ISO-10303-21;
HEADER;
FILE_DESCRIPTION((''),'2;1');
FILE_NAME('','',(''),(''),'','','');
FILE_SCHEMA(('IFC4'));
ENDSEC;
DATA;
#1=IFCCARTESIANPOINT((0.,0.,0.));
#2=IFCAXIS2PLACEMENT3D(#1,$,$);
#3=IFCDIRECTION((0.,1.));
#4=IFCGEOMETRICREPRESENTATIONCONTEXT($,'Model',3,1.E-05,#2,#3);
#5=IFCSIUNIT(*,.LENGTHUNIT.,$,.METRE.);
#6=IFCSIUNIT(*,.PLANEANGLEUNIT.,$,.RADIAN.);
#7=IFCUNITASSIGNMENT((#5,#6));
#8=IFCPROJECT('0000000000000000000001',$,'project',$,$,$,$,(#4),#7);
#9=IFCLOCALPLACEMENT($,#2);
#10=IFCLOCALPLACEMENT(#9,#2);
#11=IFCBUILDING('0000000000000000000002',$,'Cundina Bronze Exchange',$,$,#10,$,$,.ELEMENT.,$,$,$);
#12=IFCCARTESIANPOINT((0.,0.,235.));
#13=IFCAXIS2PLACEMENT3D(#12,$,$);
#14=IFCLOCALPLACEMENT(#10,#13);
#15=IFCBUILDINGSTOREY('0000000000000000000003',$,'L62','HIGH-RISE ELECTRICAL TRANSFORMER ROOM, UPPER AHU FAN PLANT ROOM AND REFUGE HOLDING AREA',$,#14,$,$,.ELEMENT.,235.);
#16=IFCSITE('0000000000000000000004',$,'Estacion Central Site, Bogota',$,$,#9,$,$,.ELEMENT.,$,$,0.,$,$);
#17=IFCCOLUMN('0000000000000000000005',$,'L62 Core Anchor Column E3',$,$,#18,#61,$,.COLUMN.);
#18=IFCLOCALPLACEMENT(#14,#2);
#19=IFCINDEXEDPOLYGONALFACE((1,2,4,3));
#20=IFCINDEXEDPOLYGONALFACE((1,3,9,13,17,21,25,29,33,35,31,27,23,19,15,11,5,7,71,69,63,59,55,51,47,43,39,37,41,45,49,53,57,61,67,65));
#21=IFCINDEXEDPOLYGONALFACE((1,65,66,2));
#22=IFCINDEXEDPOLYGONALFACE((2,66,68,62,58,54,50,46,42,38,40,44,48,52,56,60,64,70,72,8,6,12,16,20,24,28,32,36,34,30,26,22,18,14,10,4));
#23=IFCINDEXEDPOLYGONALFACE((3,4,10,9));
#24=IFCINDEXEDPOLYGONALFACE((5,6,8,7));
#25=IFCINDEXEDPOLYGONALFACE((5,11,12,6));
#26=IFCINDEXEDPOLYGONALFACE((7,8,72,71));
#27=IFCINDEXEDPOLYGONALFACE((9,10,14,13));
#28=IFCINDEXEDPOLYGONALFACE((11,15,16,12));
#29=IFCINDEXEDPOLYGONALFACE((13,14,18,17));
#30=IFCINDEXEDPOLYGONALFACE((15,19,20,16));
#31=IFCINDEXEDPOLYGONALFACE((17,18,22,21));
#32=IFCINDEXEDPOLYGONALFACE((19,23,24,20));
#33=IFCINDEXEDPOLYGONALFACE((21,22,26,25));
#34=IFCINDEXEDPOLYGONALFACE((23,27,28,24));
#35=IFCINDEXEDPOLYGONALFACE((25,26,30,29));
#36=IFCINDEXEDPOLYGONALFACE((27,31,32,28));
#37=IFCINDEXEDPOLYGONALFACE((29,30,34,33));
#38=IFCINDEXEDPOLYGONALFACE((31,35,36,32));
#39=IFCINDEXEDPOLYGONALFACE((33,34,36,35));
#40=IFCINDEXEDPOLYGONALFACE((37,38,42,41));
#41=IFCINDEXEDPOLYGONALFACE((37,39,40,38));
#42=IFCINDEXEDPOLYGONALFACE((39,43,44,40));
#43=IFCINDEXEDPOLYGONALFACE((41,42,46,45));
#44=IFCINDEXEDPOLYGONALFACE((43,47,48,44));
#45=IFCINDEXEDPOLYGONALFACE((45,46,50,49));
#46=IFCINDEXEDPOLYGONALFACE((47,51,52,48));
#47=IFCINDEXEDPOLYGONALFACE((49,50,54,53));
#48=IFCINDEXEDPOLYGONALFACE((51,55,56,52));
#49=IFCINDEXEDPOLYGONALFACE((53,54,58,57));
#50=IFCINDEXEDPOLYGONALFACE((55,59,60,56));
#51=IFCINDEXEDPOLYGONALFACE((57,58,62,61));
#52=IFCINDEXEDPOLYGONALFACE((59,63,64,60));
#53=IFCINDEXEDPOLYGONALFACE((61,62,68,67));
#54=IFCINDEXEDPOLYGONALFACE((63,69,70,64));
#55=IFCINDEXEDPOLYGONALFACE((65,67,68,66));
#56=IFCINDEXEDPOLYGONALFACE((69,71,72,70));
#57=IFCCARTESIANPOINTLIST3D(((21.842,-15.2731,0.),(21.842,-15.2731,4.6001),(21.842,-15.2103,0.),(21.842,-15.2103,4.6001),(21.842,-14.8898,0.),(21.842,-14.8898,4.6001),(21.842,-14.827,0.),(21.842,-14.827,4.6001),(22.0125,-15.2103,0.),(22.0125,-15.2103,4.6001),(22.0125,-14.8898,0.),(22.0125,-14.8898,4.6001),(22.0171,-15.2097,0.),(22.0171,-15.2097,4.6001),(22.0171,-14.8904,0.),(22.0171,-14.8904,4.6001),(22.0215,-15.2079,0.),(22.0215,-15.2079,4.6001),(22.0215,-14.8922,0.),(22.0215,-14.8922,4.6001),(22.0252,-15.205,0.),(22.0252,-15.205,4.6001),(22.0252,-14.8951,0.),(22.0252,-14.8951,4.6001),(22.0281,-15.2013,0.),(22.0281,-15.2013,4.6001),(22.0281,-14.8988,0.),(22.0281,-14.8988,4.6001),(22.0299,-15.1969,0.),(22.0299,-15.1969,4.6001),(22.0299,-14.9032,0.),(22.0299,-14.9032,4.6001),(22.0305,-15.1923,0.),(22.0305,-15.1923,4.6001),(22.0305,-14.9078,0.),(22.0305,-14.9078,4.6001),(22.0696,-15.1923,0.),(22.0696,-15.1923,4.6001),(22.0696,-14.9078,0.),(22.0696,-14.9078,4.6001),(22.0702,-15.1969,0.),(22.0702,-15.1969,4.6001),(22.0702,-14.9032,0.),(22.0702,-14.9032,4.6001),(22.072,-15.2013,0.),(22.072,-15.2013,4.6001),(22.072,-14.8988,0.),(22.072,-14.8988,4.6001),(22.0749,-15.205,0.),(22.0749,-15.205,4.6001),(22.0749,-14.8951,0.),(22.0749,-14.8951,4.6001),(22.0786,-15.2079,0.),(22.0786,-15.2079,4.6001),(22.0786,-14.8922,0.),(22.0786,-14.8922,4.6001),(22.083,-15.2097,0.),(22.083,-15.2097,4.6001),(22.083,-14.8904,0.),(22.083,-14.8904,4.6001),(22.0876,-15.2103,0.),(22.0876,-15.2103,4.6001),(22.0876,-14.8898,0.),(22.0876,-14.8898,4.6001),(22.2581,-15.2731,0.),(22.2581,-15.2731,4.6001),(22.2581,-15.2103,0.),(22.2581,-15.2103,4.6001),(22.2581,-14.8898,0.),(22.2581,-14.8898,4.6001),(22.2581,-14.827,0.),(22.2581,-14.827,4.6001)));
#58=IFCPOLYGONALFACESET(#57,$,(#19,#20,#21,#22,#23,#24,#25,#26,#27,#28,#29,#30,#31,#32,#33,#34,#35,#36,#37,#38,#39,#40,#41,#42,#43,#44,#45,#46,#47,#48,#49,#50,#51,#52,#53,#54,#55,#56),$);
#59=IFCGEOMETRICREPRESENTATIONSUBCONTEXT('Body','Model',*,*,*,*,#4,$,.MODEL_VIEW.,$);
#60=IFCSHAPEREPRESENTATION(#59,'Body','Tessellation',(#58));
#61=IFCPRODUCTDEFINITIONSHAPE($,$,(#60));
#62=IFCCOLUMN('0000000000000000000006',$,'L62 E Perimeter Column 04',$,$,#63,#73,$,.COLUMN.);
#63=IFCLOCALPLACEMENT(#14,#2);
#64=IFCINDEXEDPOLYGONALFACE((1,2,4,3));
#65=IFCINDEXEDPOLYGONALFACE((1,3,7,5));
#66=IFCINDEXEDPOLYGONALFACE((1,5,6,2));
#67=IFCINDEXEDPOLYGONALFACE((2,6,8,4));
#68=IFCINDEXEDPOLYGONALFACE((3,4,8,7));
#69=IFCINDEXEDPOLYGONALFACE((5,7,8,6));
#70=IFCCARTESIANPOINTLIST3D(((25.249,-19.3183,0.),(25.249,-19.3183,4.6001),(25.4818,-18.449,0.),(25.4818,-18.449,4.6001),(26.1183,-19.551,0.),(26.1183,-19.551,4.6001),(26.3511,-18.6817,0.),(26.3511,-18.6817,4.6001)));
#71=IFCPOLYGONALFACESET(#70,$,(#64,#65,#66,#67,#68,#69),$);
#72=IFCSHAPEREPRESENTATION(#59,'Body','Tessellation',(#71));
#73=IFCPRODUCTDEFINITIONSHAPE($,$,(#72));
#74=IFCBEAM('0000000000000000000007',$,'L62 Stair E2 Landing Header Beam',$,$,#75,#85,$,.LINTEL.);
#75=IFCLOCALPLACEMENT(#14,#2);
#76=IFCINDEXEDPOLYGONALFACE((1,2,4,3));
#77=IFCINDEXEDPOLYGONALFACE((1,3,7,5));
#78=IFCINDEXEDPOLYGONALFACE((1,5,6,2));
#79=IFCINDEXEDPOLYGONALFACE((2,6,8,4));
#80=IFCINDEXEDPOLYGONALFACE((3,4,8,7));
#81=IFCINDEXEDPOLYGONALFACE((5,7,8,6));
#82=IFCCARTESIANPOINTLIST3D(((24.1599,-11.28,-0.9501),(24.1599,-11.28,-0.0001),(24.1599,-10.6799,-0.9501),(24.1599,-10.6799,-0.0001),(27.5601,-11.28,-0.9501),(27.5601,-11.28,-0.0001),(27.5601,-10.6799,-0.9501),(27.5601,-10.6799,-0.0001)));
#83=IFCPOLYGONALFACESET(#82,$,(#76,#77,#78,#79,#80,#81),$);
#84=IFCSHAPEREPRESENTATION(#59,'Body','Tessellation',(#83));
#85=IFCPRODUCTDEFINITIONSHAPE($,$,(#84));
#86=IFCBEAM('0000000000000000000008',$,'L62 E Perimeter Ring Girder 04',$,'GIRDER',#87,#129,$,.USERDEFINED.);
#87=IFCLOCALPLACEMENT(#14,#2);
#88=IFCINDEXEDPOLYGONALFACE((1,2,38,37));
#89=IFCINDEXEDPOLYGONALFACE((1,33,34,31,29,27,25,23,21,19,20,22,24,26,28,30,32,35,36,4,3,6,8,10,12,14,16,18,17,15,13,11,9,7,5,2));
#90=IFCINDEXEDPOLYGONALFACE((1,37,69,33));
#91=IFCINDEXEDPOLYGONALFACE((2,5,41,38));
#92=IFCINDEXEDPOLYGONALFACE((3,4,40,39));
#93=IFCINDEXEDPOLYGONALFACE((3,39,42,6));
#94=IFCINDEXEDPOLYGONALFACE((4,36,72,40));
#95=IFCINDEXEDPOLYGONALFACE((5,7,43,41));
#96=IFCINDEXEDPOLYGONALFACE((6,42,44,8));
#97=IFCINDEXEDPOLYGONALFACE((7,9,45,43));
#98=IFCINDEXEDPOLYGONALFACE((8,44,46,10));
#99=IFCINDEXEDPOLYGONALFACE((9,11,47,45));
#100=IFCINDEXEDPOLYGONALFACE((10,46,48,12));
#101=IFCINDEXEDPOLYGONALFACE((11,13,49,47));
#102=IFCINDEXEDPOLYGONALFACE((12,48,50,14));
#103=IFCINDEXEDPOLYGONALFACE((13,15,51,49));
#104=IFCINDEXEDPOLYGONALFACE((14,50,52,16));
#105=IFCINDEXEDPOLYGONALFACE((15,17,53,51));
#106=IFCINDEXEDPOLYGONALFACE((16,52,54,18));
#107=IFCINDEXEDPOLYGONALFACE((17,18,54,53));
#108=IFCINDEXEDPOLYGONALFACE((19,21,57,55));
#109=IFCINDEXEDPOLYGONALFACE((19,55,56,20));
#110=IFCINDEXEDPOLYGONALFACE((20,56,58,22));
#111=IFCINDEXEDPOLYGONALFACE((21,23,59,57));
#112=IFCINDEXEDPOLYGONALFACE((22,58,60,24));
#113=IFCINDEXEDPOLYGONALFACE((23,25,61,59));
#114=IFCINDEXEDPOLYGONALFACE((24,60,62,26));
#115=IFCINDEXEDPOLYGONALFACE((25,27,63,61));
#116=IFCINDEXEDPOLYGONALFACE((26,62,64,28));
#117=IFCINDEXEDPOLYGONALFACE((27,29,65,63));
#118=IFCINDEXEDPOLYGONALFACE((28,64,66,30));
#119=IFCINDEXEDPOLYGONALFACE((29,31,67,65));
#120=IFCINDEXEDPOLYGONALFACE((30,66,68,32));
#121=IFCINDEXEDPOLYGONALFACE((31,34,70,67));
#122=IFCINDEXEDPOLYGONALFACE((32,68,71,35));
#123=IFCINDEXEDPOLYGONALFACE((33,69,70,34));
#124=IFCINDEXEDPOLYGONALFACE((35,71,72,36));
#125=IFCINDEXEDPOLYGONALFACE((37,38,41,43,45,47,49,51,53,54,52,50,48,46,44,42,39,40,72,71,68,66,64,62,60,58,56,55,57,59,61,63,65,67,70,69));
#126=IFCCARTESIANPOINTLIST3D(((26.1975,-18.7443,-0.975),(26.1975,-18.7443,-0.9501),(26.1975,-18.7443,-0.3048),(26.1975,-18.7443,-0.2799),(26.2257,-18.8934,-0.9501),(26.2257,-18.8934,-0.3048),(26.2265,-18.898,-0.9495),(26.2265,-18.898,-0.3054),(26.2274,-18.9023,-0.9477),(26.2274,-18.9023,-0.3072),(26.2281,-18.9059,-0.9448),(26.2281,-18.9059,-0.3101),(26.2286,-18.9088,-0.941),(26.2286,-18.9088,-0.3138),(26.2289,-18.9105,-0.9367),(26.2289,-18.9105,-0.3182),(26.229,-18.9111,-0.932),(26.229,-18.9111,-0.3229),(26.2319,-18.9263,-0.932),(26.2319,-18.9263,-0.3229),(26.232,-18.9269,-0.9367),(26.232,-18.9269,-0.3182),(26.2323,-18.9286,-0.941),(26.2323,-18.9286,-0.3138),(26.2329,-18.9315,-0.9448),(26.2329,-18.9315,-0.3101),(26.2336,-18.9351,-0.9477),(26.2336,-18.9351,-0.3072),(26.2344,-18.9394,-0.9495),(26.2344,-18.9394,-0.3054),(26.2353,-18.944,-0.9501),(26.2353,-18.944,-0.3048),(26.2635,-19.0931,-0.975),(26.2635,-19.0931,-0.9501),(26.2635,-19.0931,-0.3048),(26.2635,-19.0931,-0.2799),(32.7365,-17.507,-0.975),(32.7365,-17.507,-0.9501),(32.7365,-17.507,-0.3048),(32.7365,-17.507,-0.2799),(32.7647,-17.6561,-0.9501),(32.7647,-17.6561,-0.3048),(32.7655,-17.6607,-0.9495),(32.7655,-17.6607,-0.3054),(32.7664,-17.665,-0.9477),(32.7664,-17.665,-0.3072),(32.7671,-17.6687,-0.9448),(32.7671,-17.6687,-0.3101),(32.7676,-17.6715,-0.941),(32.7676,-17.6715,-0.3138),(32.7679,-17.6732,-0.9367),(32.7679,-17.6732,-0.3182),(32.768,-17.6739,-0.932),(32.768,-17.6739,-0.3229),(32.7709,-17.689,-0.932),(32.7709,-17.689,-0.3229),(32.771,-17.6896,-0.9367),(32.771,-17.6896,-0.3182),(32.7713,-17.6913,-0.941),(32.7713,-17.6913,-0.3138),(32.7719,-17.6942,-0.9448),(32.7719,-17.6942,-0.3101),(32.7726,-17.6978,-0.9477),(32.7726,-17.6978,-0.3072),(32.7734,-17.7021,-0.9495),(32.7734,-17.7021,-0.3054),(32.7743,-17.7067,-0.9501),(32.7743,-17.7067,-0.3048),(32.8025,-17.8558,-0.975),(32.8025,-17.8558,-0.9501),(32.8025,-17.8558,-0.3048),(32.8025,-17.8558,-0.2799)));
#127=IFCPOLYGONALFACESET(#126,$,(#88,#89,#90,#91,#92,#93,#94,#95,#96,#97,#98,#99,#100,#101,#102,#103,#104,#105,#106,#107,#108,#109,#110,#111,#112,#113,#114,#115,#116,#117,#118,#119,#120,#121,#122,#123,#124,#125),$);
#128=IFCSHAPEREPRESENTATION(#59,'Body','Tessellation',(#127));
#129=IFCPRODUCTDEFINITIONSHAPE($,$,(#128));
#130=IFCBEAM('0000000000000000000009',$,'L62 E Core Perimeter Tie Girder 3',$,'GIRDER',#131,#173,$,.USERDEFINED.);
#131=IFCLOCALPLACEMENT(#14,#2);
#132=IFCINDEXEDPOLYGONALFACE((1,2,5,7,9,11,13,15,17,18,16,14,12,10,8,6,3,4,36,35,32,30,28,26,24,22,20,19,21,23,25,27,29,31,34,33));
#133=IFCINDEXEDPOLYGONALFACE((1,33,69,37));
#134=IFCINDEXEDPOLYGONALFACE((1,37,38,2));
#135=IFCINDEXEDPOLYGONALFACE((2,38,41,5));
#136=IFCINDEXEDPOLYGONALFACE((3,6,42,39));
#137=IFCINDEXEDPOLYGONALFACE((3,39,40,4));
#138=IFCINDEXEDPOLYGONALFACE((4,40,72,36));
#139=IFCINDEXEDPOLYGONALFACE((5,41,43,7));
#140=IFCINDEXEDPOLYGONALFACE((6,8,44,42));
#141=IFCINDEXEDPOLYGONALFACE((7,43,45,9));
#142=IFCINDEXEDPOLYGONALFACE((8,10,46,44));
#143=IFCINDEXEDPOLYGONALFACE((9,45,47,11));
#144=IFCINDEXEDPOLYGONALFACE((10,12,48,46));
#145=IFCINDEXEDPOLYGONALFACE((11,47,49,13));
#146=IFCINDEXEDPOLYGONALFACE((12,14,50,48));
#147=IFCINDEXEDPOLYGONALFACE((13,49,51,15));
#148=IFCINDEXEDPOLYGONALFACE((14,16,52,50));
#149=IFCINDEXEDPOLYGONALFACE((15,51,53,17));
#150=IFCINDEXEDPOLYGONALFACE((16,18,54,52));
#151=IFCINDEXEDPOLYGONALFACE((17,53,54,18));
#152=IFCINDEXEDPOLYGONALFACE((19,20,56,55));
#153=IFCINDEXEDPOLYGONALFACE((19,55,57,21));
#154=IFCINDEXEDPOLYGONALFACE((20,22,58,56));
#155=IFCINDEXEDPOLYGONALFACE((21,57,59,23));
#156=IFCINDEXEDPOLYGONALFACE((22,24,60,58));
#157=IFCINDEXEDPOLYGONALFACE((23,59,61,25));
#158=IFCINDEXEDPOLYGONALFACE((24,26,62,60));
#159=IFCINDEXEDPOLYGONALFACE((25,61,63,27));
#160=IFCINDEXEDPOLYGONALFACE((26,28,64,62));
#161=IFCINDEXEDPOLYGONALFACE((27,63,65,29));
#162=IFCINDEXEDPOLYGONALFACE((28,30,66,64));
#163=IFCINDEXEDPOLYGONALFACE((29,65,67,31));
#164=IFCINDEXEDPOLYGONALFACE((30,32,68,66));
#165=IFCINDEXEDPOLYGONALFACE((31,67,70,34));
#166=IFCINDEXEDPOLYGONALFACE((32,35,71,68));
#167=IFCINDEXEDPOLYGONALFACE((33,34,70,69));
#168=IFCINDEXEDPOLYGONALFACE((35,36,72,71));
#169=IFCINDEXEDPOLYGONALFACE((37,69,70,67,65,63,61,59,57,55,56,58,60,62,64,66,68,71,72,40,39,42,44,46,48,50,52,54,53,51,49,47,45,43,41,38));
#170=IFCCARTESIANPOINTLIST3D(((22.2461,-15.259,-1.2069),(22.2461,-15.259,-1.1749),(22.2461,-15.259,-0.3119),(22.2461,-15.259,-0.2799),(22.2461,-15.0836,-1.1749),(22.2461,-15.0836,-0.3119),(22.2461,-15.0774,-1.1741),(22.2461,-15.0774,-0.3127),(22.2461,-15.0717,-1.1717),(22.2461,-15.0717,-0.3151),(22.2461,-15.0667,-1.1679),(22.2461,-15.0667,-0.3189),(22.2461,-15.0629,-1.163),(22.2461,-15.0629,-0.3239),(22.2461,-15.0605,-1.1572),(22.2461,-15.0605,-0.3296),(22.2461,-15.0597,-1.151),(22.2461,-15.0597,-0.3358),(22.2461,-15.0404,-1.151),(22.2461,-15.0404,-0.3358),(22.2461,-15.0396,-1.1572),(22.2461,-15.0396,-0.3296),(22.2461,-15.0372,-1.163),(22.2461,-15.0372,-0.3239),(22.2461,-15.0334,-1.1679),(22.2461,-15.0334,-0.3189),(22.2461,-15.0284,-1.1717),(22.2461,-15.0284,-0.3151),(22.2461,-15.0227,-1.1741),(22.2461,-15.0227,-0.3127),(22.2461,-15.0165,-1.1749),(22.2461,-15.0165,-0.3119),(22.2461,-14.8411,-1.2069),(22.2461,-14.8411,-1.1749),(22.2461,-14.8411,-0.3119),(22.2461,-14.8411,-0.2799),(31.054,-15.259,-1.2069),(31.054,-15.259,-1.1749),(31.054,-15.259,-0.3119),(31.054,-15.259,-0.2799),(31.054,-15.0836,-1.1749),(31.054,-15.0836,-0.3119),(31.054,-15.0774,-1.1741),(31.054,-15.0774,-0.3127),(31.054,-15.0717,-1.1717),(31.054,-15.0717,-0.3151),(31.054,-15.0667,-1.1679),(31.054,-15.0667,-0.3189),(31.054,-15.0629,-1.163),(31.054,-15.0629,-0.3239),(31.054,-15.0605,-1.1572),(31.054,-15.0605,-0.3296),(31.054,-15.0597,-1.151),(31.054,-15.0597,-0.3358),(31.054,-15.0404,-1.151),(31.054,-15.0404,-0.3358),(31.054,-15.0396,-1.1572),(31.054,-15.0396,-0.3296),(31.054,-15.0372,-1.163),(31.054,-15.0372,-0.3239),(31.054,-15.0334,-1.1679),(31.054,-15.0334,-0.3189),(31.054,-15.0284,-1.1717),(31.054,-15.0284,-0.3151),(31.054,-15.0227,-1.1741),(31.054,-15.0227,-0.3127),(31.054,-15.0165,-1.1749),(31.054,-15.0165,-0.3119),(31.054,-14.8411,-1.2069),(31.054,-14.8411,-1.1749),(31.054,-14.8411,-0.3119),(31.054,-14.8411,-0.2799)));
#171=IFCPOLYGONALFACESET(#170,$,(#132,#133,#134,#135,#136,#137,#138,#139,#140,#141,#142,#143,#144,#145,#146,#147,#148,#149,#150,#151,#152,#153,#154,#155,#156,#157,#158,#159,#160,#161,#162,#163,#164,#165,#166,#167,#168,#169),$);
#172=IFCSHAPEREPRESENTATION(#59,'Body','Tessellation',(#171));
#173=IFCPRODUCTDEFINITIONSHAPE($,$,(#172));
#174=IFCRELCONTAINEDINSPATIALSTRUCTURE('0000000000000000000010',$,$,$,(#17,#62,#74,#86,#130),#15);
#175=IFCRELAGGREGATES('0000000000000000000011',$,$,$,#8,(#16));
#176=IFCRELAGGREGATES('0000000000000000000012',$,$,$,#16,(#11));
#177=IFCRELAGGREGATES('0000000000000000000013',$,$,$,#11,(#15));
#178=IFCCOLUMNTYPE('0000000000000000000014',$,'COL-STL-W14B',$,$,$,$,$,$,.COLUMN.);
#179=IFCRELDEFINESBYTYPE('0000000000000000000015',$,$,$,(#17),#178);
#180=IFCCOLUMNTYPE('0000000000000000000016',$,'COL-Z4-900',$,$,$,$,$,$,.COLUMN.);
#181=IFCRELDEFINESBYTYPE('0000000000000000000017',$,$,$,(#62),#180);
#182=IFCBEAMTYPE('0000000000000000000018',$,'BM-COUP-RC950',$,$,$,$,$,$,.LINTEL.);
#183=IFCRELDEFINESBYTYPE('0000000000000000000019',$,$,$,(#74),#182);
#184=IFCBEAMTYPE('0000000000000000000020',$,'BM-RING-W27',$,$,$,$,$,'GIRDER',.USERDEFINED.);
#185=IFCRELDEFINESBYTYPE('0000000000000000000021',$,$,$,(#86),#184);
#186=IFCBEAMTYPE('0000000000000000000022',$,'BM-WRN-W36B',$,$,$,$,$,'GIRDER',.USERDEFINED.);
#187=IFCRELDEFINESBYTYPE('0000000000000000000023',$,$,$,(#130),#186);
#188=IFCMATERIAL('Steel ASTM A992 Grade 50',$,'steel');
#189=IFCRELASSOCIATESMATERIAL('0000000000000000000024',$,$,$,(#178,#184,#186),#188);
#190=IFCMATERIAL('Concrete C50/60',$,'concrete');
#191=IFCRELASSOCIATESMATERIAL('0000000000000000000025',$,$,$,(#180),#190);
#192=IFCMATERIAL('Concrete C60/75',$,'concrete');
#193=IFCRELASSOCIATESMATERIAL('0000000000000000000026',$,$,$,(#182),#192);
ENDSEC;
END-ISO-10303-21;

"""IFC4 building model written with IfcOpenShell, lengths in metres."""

from ifc_helpers import new_model, si_unit, direction, frame, origin, origin_2d, place, context, subcontext, project, spatial, rectangle, i_section, extrude, material, material_profile, profile_set, type_object, element, save


model = new_model("IFC4")

# Units and contexts
model_context = context("Model", 3, precision=1e-05, world=origin(), true_north=direction((0.0, 1.0)))
body_context = subcontext(model_context, "Body", "Model", "MODEL_VIEW")
ifc_project = project(units=[si_unit("LENGTHUNIT", "METRE"), si_unit("PLANEANGLEUNIT", "RADIAN")], contexts=[model_context])

# Site, building, storey
site_placement = place(None, origin())
site = spatial("IfcSite", under=ifc_project, at=site_placement, Name="Estacion Central Site, Bogota", CompositionType="ELEMENT", RefElevation=0.0)
building_placement = place(site_placement, origin())
building = spatial("IfcBuilding", under=site, at=building_placement, Name="Cundina Bronze Exchange", CompositionType="ELEMENT")
storey_placement = place(building_placement, frame((0.0, 0.0, 235.0)))
storey = spatial("IfcBuildingStorey", under=building, at=storey_placement, Name="L62", Description="HIGH-RISE ELECTRICAL TRANSFORMER ROOM, UPPER AHU FAN PLANT ROOM AND REFUGE HOLDING AREA", CompositionType="ELEMENT", Elevation=235.0)

# Columns
ifc_material_1 = material(Name="Steel ASTM A992 Grade 50", Category="steel")
ifc_material_profile_1 = material_profile(ifc_material_1, i_section(OverallWidth=0.416, OverallDepth=0.446, WebThickness=0.0391, FlangeThickness=0.0627, FilletRadius=0.0181, at=origin_2d()), Name="W14X342", Category="steel")
ifc_profile_set_1 = profile_set([ifc_material_profile_1], Name="Steel ASTM A992 Grade 50")
column_type_1 = type_object("IfcColumnType", Name="COL-STL-W14B", PredefinedType="COLUMN", material=ifc_profile_set_1)
column_1_placement = place(storey_placement, frame((22.05, -15.05, 0.0), z_axis=(0.0, 0.0, 1.0), x_axis=(1.0, 0.0, 0.0)))
element("IfcColumn", 1, at=column_1_placement, inside=storey, type_object=column_type_1, Name="L62 Core Anchor Column E3", PredefinedType="COLUMN", context=body_context, shape_type="SweptSolid", body=[
    extrude(i_section(OverallWidth=0.416, OverallDepth=0.446, WebThickness=0.0391, FlangeThickness=0.0627, FilletRadius=0.0181, at=origin_2d()), origin(), (0.0, 0.0, 1.0), 4.6001),
])
ifc_material_2 = material(Name="Concrete C50/60", Category="concrete")
ifc_material_profile_2 = material_profile(ifc_material_2, rectangle(XDim=0.8999, YDim=0.8999, at=origin_2d()), Name="RC900X900", Category="concrete")
ifc_profile_set_2 = profile_set([ifc_material_profile_2], Name="Concrete C50/60")
column_type_2 = type_object("IfcColumnType", Name="COL-Z4-900", PredefinedType="COLUMN", material=ifc_profile_set_2)
column_2_placement = place(storey_placement, frame((25.8, -19.0, 0.0), z_axis=(0.0, 0.0, 1.0), x_axis=(0.965971, -0.25865, 0.0)))
element("IfcColumn", 2, at=column_2_placement, inside=storey, type_object=column_type_2, Name="L62 E Perimeter Column 04", PredefinedType="COLUMN", context=body_context, shape_type="SweptSolid", body=[
    extrude(rectangle(XDim=0.8999, YDim=0.8999, at=origin_2d()), origin(), (0.0, 0.0, 1.0), 4.6001),
])

# Beams
ifc_material_3 = material(Name="Concrete C60/75", Category="concrete")
ifc_material_profile_3 = material_profile(ifc_material_3, rectangle(XDim=0.6001, YDim=0.95, at=origin_2d()), Name="RC600X950", Category="concrete")
ifc_profile_set_3 = profile_set([ifc_material_profile_3], Name="Concrete C60/75")
beam_type_1 = type_object("IfcBeamType", Name="BM-COUP-RC950", PredefinedType="LINTEL", material=ifc_profile_set_3)
beam_1_placement = place(storey_placement, frame((24.1599, -10.98, -0.4751), z_axis=(1.0, 0.0, 0.0), x_axis=(0.0, 1.0, 0.0)))
element("IfcBeam", 3, at=beam_1_placement, inside=storey, type_object=beam_type_1, Name="L62 Stair E2 Landing Header Beam", PredefinedType="LINTEL", context=body_context, shape_type="SweptSolid", body=[
    extrude(rectangle(XDim=0.6001, YDim=0.95, at=origin_2d()), origin(), (0.0, 0.0, 1.0), 3.4001),
])
ifc_material_profile_4 = material_profile(ifc_material_1, i_section(OverallWidth=0.355, OverallDepth=0.6951, WebThickness=0.0154, FlangeThickness=0.0249, FilletRadius=0.0181, at=origin_2d()), Name="W27X146", Category="steel")
ifc_profile_set_4 = profile_set([ifc_material_profile_4], Name="Steel ASTM A992 Grade 50")
beam_type_2 = type_object("IfcBeamType", Name="BM-RING-W27", ElementType="GIRDER", PredefinedType="USERDEFINED", material=ifc_profile_set_4)
beam_2_placement = place(storey_placement, frame((26.2305, -18.9187, -0.6274), z_axis=(0.982565, 0.185918, 0.0), x_axis=(-0.185918, 0.982565, 0.0)))
element("IfcBeam", 4, at=beam_2_placement, inside=storey, type_object=beam_type_2, Name="L62 E Perimeter Ring Girder 04", ObjectType="GIRDER", PredefinedType="USERDEFINED", context=body_context, shape_type="SweptSolid", body=[
    extrude(i_section(OverallWidth=0.355, OverallDepth=0.6951, WebThickness=0.0154, FlangeThickness=0.0249, FilletRadius=0.0181, at=origin_2d()), origin(), (0.0, 0.0, 1.0), 6.655),
])
ifc_material_profile_5 = material_profile(ifc_material_1, i_section(OverallWidth=0.418, OverallDepth=0.927, WebThickness=0.0193, FlangeThickness=0.032, FilletRadius=0.0239, at=origin_2d()), Name="W36X231", Category="steel")
ifc_profile_set_5 = profile_set([ifc_material_profile_5], Name="Steel ASTM A992 Grade 50")
beam_type_3 = type_object("IfcBeamType", Name="BM-WRN-W36B", ElementType="GIRDER", PredefinedType="USERDEFINED", material=ifc_profile_set_5)
beam_3_placement = place(storey_placement, frame((22.2461, -15.05, -0.7434), z_axis=(1.0, 0.0, 0.0), x_axis=(0.0, 1.0, 0.0)))
element("IfcBeam", 5, at=beam_3_placement, inside=storey, type_object=beam_type_3, Name="L62 E Core Perimeter Tie Girder 3", ObjectType="GIRDER", PredefinedType="USERDEFINED", context=body_context, shape_type="SweptSolid", body=[
    extrude(i_section(OverallWidth=0.418, OverallDepth=0.927, WebThickness=0.0193, FlangeThickness=0.032, FilletRadius=0.0239, at=origin_2d()), origin(), (0.0, 0.0, 1.0), 8.8079),
])

save(model, "model.ifc")
